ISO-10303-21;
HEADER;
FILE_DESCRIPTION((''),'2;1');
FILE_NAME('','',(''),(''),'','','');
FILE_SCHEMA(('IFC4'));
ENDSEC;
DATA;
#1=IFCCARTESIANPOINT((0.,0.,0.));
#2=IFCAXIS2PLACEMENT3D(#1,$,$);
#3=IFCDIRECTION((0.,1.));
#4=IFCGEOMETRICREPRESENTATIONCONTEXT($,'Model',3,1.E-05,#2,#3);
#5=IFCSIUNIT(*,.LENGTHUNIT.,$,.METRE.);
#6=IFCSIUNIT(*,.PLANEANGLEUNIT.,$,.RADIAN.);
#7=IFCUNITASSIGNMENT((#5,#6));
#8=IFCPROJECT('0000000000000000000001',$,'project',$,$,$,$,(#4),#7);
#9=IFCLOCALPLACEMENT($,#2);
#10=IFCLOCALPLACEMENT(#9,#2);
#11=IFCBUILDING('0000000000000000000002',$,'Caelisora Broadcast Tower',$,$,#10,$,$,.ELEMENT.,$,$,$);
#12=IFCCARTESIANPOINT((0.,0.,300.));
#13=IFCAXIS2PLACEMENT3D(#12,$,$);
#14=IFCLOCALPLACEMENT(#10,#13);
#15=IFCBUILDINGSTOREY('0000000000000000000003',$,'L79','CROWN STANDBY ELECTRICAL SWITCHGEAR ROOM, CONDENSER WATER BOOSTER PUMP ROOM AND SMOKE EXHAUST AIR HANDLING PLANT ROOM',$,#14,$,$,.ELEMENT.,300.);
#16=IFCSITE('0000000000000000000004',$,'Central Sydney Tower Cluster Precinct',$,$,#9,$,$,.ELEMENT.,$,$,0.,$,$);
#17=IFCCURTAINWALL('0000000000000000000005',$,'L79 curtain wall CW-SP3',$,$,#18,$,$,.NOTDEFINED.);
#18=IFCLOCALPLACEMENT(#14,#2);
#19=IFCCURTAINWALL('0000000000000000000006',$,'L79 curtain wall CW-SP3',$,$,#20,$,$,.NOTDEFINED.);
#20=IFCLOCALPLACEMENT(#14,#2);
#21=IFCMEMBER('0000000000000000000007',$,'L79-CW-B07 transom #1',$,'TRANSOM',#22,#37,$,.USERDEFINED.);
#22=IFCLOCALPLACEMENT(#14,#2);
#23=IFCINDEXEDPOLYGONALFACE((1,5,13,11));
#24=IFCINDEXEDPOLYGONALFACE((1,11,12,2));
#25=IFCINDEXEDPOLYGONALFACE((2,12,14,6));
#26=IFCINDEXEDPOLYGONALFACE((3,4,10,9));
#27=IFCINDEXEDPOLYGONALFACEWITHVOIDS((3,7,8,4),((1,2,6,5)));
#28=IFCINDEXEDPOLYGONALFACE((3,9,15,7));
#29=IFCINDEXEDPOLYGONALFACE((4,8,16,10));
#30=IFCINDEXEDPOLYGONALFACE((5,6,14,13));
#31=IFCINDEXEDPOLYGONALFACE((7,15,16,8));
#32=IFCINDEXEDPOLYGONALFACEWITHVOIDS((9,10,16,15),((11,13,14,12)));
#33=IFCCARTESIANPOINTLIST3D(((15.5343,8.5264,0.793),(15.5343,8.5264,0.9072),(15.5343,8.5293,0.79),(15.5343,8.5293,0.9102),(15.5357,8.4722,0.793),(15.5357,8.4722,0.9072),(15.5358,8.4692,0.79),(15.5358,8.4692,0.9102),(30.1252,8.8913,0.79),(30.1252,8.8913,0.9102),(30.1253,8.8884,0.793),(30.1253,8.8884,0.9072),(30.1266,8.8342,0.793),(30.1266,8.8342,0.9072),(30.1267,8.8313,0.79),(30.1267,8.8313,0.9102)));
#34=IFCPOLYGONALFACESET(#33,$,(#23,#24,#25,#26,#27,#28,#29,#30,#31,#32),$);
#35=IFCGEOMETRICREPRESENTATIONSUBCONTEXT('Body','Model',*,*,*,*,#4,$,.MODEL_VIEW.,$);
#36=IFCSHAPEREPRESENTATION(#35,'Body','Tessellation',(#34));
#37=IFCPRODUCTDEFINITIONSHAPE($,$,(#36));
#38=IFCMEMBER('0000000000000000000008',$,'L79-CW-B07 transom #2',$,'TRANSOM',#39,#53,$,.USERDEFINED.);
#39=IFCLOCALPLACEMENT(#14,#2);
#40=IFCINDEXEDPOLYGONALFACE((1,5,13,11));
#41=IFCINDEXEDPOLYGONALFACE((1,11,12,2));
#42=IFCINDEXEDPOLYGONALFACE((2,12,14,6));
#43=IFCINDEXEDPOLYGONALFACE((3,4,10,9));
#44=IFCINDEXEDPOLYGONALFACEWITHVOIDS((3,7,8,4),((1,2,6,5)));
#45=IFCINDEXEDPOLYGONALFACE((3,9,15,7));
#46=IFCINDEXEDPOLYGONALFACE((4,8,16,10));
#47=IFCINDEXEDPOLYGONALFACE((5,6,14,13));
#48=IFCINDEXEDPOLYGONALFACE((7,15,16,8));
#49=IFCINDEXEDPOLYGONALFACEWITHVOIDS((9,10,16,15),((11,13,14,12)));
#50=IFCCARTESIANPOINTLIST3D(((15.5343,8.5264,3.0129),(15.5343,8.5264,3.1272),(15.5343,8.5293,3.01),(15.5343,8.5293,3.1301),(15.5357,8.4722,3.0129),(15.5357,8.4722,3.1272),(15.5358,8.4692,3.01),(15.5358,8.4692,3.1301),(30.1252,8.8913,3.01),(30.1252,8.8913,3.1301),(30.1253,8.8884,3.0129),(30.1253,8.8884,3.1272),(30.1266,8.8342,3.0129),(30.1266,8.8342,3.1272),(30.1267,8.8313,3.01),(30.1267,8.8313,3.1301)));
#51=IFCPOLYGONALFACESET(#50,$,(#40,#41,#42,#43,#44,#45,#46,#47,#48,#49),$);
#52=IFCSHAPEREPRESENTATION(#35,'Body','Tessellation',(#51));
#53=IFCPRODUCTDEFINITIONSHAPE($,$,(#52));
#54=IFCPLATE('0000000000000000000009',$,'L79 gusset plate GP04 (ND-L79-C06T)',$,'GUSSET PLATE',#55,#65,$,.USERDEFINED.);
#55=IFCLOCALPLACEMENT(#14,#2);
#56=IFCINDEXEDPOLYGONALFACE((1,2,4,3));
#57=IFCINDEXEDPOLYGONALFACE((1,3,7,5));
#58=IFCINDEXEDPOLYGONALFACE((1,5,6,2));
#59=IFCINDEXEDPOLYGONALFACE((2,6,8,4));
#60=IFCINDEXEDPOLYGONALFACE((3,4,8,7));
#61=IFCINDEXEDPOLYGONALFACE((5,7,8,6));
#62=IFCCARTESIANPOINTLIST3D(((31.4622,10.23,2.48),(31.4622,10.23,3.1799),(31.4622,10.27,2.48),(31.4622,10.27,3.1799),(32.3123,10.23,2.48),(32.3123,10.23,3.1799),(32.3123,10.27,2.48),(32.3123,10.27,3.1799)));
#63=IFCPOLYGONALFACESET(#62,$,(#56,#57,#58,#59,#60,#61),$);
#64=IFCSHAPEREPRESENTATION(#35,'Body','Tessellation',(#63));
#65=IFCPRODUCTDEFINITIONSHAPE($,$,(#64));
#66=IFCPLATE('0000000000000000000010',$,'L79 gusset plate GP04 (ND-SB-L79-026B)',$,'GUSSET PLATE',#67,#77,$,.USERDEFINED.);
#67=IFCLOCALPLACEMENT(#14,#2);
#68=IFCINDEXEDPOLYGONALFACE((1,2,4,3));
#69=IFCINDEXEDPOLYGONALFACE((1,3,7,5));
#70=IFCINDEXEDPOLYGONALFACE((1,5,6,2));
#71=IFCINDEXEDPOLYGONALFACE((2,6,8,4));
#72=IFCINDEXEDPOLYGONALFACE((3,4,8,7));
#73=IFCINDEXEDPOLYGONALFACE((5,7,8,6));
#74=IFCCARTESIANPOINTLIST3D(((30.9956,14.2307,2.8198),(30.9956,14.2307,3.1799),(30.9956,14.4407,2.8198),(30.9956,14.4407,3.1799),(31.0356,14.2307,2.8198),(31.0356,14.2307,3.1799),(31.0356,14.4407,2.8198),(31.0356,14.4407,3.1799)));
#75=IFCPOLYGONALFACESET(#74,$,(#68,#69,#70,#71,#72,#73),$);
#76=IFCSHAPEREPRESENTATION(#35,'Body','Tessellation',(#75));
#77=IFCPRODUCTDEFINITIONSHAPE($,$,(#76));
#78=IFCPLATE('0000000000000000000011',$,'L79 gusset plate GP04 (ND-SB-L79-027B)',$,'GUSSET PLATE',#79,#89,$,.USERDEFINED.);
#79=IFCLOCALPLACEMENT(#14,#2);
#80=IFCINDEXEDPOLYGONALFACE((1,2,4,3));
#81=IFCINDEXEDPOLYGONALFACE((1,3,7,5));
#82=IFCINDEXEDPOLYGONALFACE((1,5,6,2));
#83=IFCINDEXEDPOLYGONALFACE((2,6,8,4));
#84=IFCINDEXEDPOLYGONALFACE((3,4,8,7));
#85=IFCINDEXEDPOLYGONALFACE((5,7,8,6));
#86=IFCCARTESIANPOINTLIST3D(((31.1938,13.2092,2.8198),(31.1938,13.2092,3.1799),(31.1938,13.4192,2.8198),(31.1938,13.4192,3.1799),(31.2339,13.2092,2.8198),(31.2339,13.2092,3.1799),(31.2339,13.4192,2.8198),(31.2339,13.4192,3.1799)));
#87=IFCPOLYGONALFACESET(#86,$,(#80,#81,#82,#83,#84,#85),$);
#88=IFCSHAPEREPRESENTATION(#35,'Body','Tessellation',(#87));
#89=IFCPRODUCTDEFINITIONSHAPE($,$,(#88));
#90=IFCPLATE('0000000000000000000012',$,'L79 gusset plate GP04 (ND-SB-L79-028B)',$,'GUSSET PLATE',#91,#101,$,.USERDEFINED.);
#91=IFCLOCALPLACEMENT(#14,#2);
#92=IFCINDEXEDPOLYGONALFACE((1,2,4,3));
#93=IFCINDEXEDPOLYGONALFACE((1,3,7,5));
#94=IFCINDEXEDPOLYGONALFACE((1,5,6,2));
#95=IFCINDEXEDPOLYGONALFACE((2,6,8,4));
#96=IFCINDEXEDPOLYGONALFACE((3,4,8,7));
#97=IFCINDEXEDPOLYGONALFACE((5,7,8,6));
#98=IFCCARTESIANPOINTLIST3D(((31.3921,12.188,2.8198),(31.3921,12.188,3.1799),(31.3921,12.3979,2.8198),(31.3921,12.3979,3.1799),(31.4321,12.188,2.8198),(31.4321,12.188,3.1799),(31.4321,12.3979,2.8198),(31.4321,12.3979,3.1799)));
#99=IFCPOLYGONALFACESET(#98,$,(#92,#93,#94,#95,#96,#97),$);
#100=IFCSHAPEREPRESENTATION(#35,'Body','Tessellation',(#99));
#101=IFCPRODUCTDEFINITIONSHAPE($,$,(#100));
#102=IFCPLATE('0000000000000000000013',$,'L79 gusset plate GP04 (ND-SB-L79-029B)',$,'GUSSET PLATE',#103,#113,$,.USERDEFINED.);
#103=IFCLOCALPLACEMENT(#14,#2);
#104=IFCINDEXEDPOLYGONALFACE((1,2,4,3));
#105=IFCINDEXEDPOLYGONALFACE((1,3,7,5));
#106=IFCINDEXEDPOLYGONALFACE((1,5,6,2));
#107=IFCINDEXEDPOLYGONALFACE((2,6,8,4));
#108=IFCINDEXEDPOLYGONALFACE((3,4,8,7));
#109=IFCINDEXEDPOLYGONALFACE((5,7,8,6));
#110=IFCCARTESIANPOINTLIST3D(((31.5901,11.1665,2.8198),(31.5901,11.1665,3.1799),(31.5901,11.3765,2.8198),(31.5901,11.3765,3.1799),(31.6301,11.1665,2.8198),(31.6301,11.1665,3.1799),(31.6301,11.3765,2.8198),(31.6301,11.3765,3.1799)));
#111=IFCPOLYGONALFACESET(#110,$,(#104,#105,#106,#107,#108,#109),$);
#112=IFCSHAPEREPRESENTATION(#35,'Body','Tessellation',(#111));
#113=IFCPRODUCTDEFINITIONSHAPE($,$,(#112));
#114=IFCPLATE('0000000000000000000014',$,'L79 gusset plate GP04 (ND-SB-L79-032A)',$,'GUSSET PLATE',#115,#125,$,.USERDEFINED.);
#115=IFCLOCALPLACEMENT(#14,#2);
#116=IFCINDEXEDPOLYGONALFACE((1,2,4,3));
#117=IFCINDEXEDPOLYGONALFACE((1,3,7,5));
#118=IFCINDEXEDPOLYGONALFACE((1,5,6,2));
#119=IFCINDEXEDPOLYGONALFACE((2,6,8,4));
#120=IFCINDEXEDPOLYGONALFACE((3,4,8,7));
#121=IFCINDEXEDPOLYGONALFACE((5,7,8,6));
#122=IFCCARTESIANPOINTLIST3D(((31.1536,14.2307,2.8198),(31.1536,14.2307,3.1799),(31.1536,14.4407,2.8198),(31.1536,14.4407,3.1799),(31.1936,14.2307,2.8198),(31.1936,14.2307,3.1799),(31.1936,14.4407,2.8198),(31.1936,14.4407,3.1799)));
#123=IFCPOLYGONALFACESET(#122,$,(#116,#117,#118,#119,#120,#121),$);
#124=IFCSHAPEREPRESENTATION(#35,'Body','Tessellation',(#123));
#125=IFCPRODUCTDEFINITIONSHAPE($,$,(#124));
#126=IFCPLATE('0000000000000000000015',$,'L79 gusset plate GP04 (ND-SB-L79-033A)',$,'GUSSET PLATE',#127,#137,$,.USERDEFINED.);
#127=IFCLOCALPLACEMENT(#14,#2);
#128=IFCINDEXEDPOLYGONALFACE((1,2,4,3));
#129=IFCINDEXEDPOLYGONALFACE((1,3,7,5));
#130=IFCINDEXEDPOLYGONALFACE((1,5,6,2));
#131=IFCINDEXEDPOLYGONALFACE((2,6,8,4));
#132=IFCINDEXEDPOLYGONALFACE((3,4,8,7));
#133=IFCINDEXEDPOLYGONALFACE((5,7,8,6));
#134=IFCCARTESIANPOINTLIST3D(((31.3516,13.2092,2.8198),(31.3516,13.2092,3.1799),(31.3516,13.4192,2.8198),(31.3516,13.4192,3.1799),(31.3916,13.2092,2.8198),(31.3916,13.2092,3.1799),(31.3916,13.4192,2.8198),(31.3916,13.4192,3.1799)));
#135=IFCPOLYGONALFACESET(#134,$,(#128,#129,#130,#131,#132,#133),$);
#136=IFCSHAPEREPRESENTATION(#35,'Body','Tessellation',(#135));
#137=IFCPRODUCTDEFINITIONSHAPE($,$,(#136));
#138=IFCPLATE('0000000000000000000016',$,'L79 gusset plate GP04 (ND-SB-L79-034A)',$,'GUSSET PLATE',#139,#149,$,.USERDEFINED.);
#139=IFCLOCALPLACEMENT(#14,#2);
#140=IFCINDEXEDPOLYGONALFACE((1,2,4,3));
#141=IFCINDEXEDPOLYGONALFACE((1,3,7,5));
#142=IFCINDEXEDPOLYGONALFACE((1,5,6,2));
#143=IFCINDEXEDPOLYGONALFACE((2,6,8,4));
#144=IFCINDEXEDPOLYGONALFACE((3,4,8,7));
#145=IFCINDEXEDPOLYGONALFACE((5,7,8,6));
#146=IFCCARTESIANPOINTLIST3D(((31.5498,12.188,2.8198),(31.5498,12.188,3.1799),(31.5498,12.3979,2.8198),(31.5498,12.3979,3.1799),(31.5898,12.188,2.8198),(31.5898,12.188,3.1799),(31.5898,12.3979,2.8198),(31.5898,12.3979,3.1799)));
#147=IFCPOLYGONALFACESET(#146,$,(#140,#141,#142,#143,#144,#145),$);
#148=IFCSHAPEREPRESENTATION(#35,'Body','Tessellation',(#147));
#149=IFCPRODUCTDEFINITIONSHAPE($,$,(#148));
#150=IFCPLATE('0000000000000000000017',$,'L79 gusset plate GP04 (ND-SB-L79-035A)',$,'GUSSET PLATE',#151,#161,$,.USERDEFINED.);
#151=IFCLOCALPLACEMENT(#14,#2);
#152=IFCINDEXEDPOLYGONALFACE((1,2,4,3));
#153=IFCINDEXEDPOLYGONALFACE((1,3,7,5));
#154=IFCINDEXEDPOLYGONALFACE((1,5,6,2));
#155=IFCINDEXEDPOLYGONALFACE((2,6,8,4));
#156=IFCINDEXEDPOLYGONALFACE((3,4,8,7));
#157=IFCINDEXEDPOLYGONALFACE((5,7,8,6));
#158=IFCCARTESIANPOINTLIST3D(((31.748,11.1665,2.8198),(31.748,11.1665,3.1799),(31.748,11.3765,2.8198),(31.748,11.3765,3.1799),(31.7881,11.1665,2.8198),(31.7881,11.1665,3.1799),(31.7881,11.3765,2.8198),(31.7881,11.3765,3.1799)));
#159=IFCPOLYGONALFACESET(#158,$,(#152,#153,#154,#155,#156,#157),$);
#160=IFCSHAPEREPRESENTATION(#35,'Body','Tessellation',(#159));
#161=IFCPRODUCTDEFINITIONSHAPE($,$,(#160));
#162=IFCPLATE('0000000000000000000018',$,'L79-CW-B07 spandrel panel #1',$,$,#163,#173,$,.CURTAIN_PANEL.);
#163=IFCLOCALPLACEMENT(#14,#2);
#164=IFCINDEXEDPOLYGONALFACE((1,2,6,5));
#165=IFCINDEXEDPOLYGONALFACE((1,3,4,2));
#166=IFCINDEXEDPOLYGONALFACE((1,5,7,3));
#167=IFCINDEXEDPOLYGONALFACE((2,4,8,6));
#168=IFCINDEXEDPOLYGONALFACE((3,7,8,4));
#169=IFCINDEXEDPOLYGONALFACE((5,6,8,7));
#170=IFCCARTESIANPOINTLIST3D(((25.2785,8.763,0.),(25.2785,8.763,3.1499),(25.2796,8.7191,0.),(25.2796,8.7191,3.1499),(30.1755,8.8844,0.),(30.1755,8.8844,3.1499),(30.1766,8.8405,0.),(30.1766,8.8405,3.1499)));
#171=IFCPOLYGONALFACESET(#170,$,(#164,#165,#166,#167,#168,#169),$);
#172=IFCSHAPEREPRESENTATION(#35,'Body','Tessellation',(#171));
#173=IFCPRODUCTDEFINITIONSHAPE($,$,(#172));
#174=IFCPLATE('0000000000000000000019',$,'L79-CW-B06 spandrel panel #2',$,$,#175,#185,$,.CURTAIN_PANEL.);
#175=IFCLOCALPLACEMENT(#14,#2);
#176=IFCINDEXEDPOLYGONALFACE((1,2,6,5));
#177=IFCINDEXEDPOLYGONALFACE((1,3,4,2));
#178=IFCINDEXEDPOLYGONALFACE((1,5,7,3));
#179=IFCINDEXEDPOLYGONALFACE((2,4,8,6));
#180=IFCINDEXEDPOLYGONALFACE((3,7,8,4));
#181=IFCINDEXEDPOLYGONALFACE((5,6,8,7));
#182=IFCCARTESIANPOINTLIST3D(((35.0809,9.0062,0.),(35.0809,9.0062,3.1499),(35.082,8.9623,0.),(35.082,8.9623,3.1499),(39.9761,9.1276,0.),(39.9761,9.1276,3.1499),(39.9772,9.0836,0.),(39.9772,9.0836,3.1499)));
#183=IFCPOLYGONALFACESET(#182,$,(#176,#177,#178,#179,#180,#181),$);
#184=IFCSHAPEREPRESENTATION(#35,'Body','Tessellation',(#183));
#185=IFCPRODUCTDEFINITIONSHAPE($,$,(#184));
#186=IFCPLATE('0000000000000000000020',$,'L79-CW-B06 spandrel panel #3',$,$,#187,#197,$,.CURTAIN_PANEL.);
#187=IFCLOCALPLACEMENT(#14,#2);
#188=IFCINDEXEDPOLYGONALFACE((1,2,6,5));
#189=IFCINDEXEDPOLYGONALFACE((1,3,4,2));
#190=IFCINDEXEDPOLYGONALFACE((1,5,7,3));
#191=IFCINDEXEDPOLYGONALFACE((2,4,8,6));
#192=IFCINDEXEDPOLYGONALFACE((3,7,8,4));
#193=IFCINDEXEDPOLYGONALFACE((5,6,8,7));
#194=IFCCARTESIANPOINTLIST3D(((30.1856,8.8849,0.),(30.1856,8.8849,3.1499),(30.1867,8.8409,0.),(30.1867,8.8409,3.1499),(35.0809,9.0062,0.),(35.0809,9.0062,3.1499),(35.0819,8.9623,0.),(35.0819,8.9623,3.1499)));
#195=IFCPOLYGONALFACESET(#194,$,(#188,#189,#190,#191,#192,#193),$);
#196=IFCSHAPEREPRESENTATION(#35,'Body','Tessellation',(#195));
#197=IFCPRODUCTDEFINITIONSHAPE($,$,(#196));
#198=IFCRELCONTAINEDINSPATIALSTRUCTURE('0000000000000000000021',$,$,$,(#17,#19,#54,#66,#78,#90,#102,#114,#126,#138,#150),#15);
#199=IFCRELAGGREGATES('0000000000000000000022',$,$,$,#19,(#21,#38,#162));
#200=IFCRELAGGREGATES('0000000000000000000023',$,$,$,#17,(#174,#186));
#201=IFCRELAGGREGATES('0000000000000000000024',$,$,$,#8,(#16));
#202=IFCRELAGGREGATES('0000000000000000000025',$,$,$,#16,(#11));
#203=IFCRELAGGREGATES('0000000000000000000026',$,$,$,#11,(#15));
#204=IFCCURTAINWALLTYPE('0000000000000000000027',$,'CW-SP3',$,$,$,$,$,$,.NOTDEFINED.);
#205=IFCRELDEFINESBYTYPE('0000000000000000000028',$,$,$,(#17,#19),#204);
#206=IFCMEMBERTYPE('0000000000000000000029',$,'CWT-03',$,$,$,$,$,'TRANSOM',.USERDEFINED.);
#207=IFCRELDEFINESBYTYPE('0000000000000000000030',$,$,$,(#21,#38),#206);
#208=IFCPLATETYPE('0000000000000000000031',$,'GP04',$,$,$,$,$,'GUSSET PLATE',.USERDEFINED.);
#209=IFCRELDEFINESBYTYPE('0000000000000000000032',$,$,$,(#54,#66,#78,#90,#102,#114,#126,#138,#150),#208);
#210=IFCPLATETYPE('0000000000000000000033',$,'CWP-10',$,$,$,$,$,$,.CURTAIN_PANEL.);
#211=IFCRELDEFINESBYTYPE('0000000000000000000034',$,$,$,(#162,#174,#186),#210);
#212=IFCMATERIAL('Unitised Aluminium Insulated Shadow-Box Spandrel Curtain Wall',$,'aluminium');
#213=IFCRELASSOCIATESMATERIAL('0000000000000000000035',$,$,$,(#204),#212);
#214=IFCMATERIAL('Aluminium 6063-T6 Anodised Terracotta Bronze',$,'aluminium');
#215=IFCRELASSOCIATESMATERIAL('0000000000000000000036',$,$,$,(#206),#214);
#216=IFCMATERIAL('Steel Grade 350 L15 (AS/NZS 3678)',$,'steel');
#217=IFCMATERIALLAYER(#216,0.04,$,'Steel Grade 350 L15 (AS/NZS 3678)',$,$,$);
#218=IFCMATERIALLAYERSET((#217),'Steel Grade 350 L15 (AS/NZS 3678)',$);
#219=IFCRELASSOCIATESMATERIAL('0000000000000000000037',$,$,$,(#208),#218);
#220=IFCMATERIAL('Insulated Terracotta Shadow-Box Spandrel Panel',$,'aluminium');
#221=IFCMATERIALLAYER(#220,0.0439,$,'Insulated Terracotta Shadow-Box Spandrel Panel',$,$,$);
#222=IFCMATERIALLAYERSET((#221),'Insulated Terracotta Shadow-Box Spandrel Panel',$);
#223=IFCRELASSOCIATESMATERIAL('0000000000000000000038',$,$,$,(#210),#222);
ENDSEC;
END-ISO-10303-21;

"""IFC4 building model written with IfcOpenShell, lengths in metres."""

from ifc_helpers import new_model, si_unit, direction, frame, origin, origin_2d, place, context, subcontext, project, spatial, rectangle, hollow_rectangle, extrude, source, transform, mapped, material, layer, layer_set, material_profile, profile_set, type_object, type_shapes, element, aggregate, save


model = new_model("IFC4")

# Units and contexts
model_context = context("Model", 3, precision=1e-05, world=origin(), true_north=direction((0.0, 1.0)))
body_context = subcontext(model_context, "Body", "Model", "MODEL_VIEW")
ifc_project = project(units=[si_unit("LENGTHUNIT", "METRE"), si_unit("PLANEANGLEUNIT", "RADIAN")], contexts=[model_context])

# Site, building, storey
site_placement = place(None, origin())
site = spatial("IfcSite", under=ifc_project, at=site_placement, Name="Central Sydney Tower Cluster Precinct", CompositionType="ELEMENT", RefElevation=0.0)
building_placement = place(site_placement, origin())
building = spatial("IfcBuilding", under=site, at=building_placement, Name="Caelisora Broadcast Tower", CompositionType="ELEMENT")
storey_placement = place(building_placement, frame((0.0, 0.0, 300.0)))
storey = spatial("IfcBuildingStorey", under=building, at=storey_placement, Name="L79", Description="CROWN STANDBY ELECTRICAL SWITCHGEAR ROOM, CONDENSER WATER BOOSTER PUMP ROOM AND SMOKE EXHAUST AIR HANDLING PLANT ROOM", CompositionType="ELEMENT", Elevation=300.0)

# Curtain walls, members
ifc_material_1 = material(Name="Unitised Aluminium Insulated Shadow-Box Spandrel Curtain Wall", Category="aluminium")
curtain_wall_type = type_object("IfcCurtainWallType", Name="CW-SP3", PredefinedType="NOTDEFINED", material=ifc_material_1)
curtain_wall_1_placement = place(storey_placement, origin())
curtain_wall_1 = element("IfcCurtainWall", 1, at=curtain_wall_1_placement, inside=storey, type_object=curtain_wall_type, Name="L79 curtain wall CW-SP3", PredefinedType="NOTDEFINED")
ifc_material_2 = material(Name="Aluminium 6063-T6 Anodised Terracotta Bronze", Category="aluminium")
curtain_wall_2_placement = place(storey_placement, origin())
curtain_wall_2 = element("IfcCurtainWall", 2, at=curtain_wall_2_placement, inside=storey, type_object=curtain_wall_type, Name="L79 curtain wall CW-SP3", PredefinedType="NOTDEFINED")
ifc_material_profile_1 = material_profile(ifc_material_2, hollow_rectangle(XDim=0.0601, YDim=0.1201, WallThickness=0.0029, at=origin_2d()), Name="Aluminium 6063-T6 Anodised Terracotta Bronze")
ifc_profile_set_1 = profile_set([ifc_material_profile_1], Name="Aluminium 6063-T6 Anodised Terracotta Bronze")
member_type_1 = type_object("IfcMemberType", Name="CWT-03", ElementType="TRANSOM", PredefinedType="USERDEFINED", material=ifc_profile_set_1)
shared_shape_1 = source(origin(), body_context, "Body", "SweptSolid", [
    extrude(hollow_rectangle(XDim=0.0601, YDim=0.1201, WallThickness=0.0029, at=origin_2d()), origin(), (0.0, 0.0, 1.0), 14.5955),
])
type_shapes(member_type_1, [shared_shape_1])
member_1_placement = place(storey_placement, frame((30.126, 8.8613, 0.8501), z_axis=(-0.999692, -0.024806, 0.0), x_axis=(0.024806, -0.999692, 0.0)))
member_1 = element("IfcMember", 3, at=member_1_placement, type_object=member_type_1, Name="L79-CW-B07 transom #1", ObjectType="TRANSOM", PredefinedType="USERDEFINED", context=body_context, shape_type="MappedRepresentation", body=[
    mapped(shared_shape_1, transform((0.0, 0.0, 0.0), scale=1.0)),
])
member_2_placement = place(storey_placement, frame((30.126, 8.8613, 3.0701), z_axis=(-0.999692, -0.024806, 0.0), x_axis=(0.024806, -0.999692, 0.0)))
member_2 = element("IfcMember", 4, at=member_2_placement, type_object=member_type_1, Name="L79-CW-B07 transom #2", ObjectType="TRANSOM", PredefinedType="USERDEFINED", context=body_context, shape_type="MappedRepresentation", body=[
    mapped(shared_shape_1, transform((0.0, 0.0, 0.0), scale=1.0)),
])

# Plates
ifc_material_3 = material(Name="Steel Grade 350 L15 (AS/NZS 3678)", Category="steel")
ifc_layer_1 = layer(ifc_material_3, 0.04, Name="Steel Grade 350 L15 (AS/NZS 3678)")
ifc_layer_set_1 = layer_set([ifc_layer_1], Name="Steel Grade 350 L15 (AS/NZS 3678)")
plate_type_1 = type_object("IfcPlateType", Name="GP04", ElementType="GUSSET PLATE", PredefinedType="USERDEFINED", material=ifc_layer_set_1)
shared_shape_2 = source(origin(), body_context, "Body", "SweptSolid", [
    extrude(rectangle(XDim=0.8501, YDim=0.04, at=origin_2d()), origin(), (0.0, 0.0, 1.0), 0.7),
])
plate_1_placement = place(storey_placement, frame((31.8872, 10.25, 2.48), z_axis=(0.0, 0.0, 1.0), x_axis=(1.0, 0.0, 0.0)))
element("IfcPlate", 5, at=plate_1_placement, inside=storey, type_object=plate_type_1, Name="L79 gusset plate GP04 (ND-L79-C06T)", ObjectType="GUSSET PLATE", PredefinedType="USERDEFINED", context=body_context, shape_type="MappedRepresentation", body=[
    mapped(shared_shape_2, transform((0.0, 0.0, 0.0), scale=1.0)),
])
shared_shape_3 = source(origin(), body_context, "Body", "SweptSolid", [
    extrude(rectangle(XDim=0.21, YDim=0.04, at=origin_2d()), origin(), (0.0, 0.0, 1.0), 0.3601),
])
type_shapes(plate_type_1, [shared_shape_2, shared_shape_3])
for number, where, z_axis, x_axis, name in (
    (6, (31.0156, 14.3357, 2.8198), (0.0, 0.0, 1.0), (0.0, 1.0, 0.0), "L79 gusset plate GP04 (ND-SB-L79-026B)"),
    (7, (31.2139, 13.3142, 2.8198), (0.0, 0.0, 1.0), (0.0, 1.0, 0.0), "L79 gusset plate GP04 (ND-SB-L79-027B)"),
    (8, (31.4121, 12.293, 2.8198), (0.0, 0.0, 1.0), (0.0, 1.0, 0.0), "L79 gusset plate GP04 (ND-SB-L79-028B)"),
    (9, (31.6101, 11.2715, 2.8198), (0.0, 0.0, 1.0), (0.0, 1.0, 0.0), "L79 gusset plate GP04 (ND-SB-L79-029B)"),
    (10, (31.1736, 14.3357, 2.8198), (0.0, 0.0, 1.0), (0.0, 1.0, 0.0), "L79 gusset plate GP04 (ND-SB-L79-032A)"),
    (11, (31.3716, 13.3142, 2.8198), (0.0, 0.0, 1.0), (0.0, 1.0, 0.0), "L79 gusset plate GP04 (ND-SB-L79-033A)"),
    (12, (31.5698, 12.293, 2.8198), (0.0, 0.0, 1.0), (0.0, 1.0, 0.0), "L79 gusset plate GP04 (ND-SB-L79-034A)"),
    (13, (31.7681, 11.2715, 2.8198), (0.0, 0.0, 1.0), (0.0, 1.0, 0.0), "L79 gusset plate GP04 (ND-SB-L79-035A)"),
):
    element("IfcPlate", number, at=place(storey_placement, frame(where, z_axis=z_axis, x_axis=x_axis)), inside=storey, type_object=plate_type_1, Name=name, ObjectType="GUSSET PLATE", PredefinedType="USERDEFINED", context=body_context, shape_type="MappedRepresentation", body=[
        mapped(shared_shape_3, transform((0.0, 0.0, 0.0), scale=1.0)),
    ])

# Plates
ifc_material_4 = material(Name="Insulated Terracotta Shadow-Box Spandrel Panel", Category="aluminium")
ifc_layer_2 = layer(ifc_material_4, 0.0439, Name="Insulated Terracotta Shadow-Box Spandrel Panel")
ifc_layer_set_2 = layer_set([ifc_layer_2], Name="Insulated Terracotta Shadow-Box Spandrel Panel")
plate_type_2 = type_object("IfcPlateType", Name="CWP-10", PredefinedType="CURTAIN_PANEL", material=ifc_layer_set_2)
shared_shape_4 = source(origin(), body_context, "Body", "SweptSolid", [
    extrude(rectangle(XDim=4.8984, YDim=0.0439, at=origin_2d()), origin(), (0.0, 0.0, 1.0), 3.1499),
])
plate_2_placement = place(storey_placement, frame((27.7275, 8.8018, 0.0), z_axis=(0.0, 0.0, 1.0), x_axis=(-0.999693, -0.024781, 0.0)))
plate_2 = element("IfcPlate", 14, at=plate_2_placement, type_object=plate_type_2, Name="L79-CW-B07 spandrel panel #1", PredefinedType="CURTAIN_PANEL", context=body_context, shape_type="MappedRepresentation", body=[
    mapped(shared_shape_4, transform((0.0, 0.0, 0.0), scale=1.0)),
])
aggregate(curtain_wall_2, [member_1, member_2, plate_2])
shared_shape_5 = source(origin(), body_context, "Body", "SweptSolid", [
    extrude(rectangle(XDim=4.8967, YDim=0.0439, at=origin_2d()), origin(), (0.0, 0.0, 1.0), 3.1499),
])
type_shapes(plate_type_2, [shared_shape_4, shared_shape_5])
plate_3_placement = place(storey_placement, frame((37.5291, 9.0449, 0.0), z_axis=(0.0, 0.0, 1.0), x_axis=(-0.999693, -0.024781, 0.0)))
plate_3 = element("IfcPlate", 15, at=plate_3_placement, type_object=plate_type_2, Name="L79-CW-B06 spandrel panel #2", PredefinedType="CURTAIN_PANEL", context=body_context, shape_type="MappedRepresentation", body=[
    mapped(shared_shape_5, transform((0.0, 0.0, 0.0), scale=1.0)),
])
plate_4_placement = place(storey_placement, frame((32.6338, 8.9236, 0.0), z_axis=(0.0, 0.0, 1.0), x_axis=(-0.999693, -0.024781, 0.0)))
plate_4 = element("IfcPlate", 16, at=plate_4_placement, type_object=plate_type_2, Name="L79-CW-B06 spandrel panel #3", PredefinedType="CURTAIN_PANEL", context=body_context, shape_type="MappedRepresentation", body=[
    mapped(shared_shape_5, transform((0.0, 0.0, 0.0), scale=1.0)),
])
aggregate(curtain_wall_1, [plate_3, plate_4])

save(model, "model.ifc")
